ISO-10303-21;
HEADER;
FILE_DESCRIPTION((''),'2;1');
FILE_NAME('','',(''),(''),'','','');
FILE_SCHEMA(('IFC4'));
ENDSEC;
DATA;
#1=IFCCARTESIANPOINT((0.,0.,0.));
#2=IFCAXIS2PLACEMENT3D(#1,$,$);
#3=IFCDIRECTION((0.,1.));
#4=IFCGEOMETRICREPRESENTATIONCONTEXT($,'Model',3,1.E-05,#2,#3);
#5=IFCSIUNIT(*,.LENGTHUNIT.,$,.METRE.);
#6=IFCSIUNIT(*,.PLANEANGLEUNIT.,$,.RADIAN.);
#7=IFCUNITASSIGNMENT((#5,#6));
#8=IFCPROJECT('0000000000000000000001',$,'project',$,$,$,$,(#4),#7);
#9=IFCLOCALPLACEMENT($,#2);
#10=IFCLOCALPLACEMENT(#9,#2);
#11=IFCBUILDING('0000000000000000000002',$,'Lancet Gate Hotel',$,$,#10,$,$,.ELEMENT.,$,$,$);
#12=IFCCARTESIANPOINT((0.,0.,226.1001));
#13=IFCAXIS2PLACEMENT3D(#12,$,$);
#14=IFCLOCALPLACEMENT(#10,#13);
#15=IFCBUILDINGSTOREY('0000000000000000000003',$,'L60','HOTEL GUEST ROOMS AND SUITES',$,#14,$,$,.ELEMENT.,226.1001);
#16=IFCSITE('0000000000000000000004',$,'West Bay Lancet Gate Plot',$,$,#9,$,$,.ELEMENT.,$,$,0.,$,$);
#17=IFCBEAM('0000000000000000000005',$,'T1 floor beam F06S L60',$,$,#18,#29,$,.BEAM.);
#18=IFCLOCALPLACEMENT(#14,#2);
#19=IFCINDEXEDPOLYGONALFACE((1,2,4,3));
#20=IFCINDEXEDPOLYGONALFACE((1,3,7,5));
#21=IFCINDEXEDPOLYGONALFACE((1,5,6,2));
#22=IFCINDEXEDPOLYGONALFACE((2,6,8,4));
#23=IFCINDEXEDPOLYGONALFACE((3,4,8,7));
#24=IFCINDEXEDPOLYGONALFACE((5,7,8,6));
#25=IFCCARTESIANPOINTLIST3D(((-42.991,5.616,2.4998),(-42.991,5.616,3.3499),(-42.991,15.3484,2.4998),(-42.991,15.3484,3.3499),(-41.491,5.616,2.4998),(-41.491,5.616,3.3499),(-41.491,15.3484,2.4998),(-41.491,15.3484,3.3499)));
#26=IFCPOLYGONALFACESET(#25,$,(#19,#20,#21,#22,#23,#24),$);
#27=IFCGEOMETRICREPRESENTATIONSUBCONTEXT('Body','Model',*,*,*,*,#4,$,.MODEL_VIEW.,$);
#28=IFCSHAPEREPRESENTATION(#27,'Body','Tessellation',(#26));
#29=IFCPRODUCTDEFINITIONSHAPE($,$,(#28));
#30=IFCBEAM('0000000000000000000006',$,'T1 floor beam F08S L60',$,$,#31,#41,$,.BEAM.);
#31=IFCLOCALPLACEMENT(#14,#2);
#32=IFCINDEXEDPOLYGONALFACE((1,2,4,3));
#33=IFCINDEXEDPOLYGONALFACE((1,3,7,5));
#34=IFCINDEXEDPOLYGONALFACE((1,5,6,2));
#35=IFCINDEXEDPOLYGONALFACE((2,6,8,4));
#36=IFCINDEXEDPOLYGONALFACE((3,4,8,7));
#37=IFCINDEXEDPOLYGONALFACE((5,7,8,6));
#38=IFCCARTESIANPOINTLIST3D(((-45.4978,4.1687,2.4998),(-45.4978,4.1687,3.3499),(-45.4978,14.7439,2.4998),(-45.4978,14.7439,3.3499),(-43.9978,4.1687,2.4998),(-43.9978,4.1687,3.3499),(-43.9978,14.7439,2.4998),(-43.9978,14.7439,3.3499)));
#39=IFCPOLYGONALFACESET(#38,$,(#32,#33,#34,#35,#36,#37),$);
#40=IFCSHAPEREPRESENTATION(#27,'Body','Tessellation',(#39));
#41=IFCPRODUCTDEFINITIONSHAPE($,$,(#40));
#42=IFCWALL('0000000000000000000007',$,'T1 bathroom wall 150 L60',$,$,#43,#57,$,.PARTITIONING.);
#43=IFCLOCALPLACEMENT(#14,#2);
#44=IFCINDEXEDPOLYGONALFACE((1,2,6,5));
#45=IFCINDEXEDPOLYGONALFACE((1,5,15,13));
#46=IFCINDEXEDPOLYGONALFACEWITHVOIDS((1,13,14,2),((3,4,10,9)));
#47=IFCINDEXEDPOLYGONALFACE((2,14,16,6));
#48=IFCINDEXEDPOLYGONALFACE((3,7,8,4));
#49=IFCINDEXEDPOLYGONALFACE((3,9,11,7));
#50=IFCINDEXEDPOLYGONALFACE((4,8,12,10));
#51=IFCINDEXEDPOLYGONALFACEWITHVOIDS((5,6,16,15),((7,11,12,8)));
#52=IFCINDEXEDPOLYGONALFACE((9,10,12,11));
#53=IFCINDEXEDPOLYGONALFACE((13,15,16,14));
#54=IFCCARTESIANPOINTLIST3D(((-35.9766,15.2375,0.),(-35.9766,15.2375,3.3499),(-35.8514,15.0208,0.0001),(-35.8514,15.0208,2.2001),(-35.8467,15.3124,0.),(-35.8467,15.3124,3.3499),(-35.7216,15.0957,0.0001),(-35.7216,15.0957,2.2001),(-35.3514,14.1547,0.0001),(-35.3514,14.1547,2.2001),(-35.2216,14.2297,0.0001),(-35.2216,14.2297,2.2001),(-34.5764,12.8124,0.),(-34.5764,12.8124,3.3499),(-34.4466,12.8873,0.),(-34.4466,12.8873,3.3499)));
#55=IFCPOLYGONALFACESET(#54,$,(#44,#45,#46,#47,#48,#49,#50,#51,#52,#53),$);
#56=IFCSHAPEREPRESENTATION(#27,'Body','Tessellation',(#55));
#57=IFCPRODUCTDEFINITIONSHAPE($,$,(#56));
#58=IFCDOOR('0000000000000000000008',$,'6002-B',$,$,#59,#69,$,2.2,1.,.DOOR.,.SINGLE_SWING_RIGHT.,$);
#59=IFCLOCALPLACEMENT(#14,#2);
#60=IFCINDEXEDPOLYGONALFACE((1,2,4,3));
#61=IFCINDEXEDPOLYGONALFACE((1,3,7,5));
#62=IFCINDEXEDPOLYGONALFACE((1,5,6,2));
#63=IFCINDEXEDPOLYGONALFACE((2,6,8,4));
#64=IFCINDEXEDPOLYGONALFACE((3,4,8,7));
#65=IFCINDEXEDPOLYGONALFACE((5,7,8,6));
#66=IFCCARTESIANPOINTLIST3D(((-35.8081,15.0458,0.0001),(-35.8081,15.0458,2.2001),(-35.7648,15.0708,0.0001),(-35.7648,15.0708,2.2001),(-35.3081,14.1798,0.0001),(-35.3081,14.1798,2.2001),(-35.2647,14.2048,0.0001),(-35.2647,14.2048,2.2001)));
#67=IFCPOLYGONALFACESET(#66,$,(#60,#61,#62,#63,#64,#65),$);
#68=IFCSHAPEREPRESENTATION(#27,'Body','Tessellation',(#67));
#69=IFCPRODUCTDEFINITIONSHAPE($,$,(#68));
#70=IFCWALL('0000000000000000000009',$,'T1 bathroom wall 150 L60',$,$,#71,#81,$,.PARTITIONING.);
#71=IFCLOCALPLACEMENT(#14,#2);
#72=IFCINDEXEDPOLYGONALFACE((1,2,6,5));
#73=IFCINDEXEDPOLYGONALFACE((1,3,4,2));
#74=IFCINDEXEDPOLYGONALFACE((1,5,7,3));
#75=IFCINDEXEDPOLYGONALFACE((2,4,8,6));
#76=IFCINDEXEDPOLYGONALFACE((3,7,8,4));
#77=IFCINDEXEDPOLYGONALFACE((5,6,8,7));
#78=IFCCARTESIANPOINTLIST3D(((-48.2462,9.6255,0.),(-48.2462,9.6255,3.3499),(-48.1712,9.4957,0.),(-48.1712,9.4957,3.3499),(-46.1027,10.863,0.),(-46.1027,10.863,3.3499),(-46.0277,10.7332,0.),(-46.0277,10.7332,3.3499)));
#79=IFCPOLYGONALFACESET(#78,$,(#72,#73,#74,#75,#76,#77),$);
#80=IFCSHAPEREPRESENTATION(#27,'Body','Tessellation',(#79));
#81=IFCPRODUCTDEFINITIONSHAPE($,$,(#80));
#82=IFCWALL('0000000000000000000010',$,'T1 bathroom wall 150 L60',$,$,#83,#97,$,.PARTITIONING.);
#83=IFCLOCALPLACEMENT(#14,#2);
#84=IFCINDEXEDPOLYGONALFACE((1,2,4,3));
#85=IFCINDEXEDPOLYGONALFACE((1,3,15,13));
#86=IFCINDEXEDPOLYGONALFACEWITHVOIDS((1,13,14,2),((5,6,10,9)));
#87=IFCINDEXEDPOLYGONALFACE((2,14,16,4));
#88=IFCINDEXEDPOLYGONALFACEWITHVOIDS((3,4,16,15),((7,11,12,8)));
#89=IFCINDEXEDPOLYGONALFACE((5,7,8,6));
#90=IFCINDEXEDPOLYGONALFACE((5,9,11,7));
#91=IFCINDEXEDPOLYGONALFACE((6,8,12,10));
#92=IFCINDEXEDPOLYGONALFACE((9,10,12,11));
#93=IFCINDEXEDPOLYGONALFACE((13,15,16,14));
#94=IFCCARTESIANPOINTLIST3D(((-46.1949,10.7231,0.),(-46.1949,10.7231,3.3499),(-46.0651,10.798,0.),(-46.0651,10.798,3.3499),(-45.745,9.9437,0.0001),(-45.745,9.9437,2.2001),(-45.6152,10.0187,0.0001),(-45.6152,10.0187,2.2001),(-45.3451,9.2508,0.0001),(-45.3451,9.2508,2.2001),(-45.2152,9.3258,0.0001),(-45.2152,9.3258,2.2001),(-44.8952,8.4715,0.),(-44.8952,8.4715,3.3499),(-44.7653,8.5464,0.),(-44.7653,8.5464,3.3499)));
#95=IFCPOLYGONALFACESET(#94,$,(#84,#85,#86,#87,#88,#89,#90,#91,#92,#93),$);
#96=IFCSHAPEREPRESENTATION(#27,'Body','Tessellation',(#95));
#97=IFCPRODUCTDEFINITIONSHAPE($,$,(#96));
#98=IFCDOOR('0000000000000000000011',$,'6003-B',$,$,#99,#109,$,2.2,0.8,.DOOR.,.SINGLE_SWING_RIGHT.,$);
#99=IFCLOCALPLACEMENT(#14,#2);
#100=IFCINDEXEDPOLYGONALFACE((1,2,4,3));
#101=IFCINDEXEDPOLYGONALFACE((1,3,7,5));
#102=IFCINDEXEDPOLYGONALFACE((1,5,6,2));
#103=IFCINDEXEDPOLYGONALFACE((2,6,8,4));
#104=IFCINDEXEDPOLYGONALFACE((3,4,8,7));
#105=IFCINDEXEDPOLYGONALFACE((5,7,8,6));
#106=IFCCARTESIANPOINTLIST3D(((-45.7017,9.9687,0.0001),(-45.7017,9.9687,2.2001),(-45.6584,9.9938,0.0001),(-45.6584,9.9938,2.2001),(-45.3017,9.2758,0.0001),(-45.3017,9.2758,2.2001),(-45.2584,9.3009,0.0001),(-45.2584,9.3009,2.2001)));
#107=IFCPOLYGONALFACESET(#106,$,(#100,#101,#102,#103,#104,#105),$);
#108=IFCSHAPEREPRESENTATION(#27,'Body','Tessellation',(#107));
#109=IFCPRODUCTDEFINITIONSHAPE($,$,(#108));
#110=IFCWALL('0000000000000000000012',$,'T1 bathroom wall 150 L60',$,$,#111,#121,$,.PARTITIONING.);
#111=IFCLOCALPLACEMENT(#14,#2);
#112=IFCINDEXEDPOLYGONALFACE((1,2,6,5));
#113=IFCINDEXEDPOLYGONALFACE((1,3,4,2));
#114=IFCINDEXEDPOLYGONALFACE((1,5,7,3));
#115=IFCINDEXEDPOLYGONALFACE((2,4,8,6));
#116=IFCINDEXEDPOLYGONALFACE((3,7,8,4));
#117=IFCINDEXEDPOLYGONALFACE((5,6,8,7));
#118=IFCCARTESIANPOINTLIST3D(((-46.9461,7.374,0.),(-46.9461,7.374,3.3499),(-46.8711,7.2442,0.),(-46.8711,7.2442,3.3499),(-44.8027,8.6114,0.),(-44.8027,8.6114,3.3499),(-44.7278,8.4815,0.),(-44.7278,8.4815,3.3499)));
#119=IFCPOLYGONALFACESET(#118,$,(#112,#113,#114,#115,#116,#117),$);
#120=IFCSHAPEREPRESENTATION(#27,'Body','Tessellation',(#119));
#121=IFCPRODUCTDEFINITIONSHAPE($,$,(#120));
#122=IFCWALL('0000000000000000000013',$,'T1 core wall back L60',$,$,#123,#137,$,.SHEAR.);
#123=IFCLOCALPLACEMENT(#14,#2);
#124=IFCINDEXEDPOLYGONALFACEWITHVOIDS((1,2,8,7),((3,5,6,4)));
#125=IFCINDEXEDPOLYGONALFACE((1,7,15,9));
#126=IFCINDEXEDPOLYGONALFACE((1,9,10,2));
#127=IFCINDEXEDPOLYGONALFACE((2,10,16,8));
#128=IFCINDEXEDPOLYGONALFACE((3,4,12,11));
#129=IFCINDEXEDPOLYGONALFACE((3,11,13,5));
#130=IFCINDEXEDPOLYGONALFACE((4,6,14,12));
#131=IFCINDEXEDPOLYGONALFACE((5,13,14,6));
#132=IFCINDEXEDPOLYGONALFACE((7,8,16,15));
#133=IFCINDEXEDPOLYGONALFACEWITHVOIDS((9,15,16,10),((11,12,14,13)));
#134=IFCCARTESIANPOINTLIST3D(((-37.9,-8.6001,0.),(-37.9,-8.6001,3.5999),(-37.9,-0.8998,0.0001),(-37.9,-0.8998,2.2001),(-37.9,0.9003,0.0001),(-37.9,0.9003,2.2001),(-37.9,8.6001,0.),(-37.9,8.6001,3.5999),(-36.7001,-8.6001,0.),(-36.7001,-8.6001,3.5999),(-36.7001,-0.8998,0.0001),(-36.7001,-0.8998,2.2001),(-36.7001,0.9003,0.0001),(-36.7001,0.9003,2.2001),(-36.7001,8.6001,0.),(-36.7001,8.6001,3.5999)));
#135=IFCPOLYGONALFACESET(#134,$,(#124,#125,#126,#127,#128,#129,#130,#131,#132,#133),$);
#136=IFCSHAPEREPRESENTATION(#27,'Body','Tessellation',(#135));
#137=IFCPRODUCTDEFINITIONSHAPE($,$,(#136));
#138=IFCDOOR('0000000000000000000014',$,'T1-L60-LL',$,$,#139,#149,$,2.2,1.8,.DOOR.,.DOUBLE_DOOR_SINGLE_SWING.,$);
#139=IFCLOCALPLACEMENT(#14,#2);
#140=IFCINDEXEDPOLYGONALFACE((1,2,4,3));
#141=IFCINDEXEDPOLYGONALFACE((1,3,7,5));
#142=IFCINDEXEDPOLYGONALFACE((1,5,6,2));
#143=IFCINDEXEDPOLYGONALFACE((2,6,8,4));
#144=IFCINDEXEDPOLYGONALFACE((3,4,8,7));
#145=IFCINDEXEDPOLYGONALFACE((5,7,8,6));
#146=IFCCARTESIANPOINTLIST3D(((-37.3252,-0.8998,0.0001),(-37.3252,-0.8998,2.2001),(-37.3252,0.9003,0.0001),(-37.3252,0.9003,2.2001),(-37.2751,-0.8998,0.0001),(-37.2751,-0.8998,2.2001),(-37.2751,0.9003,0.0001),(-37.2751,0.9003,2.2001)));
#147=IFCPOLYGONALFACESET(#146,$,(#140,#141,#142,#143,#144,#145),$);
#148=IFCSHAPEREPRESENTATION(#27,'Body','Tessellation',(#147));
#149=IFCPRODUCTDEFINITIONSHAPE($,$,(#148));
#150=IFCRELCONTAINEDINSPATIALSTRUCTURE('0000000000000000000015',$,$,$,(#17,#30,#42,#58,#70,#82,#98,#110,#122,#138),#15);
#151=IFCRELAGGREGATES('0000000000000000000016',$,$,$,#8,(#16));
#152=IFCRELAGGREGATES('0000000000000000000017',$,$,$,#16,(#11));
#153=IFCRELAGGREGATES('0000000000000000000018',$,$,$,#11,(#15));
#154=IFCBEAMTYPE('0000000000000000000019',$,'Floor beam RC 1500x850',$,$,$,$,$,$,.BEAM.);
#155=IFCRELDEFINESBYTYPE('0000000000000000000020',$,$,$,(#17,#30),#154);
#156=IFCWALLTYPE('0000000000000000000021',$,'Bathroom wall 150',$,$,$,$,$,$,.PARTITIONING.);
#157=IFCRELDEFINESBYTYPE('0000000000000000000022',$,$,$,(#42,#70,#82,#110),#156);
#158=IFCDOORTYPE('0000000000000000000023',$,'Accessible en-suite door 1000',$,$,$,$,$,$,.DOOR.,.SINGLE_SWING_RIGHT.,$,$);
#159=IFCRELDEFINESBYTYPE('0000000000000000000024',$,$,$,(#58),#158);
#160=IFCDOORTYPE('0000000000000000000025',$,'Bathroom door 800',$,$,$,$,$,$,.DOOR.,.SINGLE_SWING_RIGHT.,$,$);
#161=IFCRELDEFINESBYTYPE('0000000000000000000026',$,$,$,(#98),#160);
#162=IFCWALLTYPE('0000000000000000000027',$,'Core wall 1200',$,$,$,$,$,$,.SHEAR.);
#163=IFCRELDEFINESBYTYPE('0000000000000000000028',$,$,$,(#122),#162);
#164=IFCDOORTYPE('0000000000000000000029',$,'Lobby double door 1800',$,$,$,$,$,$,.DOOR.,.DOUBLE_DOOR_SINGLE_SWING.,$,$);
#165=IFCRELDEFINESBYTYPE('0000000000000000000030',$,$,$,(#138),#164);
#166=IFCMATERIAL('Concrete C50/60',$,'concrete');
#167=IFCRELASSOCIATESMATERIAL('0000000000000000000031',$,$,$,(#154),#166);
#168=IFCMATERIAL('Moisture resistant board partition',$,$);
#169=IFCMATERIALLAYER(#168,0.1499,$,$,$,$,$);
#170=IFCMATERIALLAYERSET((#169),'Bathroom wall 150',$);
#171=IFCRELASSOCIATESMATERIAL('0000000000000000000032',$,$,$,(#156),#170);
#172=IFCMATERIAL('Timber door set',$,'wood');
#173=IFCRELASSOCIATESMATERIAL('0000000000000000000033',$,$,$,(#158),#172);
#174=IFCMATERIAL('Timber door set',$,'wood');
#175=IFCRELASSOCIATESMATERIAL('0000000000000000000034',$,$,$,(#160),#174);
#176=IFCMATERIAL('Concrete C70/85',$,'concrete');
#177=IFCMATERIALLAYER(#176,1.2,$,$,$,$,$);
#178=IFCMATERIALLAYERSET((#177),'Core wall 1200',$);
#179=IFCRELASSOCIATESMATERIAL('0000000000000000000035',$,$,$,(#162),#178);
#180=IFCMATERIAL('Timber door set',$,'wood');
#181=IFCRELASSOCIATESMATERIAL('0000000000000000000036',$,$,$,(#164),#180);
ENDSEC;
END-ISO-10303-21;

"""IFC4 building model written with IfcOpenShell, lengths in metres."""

from ifc_helpers import new_model, si_unit, direction, frame, frame_2d, origin, origin_2d, place, context, subcontext, project, spatial, rectangle, extrude, material, layer, layer_set, material_profile, profile_set, type_object, element, fill, save


model = new_model("IFC4")

# Units and contexts
model_context = context("Model", 3, precision=1e-05, world=origin(), true_north=direction((0.0, 1.0)))
body_context = subcontext(model_context, "Body", "Model", "MODEL_VIEW")
ifc_project = project(units=[si_unit("LENGTHUNIT", "METRE"), si_unit("PLANEANGLEUNIT", "RADIAN")], contexts=[model_context])

# Site, building, storey
site_placement = place(None, origin())
site = spatial("IfcSite", under=ifc_project, at=site_placement, Name="West Bay Lancet Gate Plot", CompositionType="ELEMENT", RefElevation=0.0)
building_placement = place(site_placement, origin())
building = spatial("IfcBuilding", under=site, at=building_placement, Name="Lancet Gate Hotel", CompositionType="ELEMENT")
storey_placement = place(building_placement, frame((0.0, 0.0, 226.1001)))
storey = spatial("IfcBuildingStorey", under=building, at=storey_placement, Name="L60", Description="HOTEL GUEST ROOMS AND SUITES", CompositionType="ELEMENT", Elevation=226.1001)

# Beams
ifc_material_1 = material(Name="Concrete C50/60", Category="concrete")
ifc_material_profile = material_profile(ifc_material_1, rectangle(XDim=1.5, YDim=0.8501, at=origin_2d()), Name="RC 1500x850")
ifc_profile_set = profile_set([ifc_material_profile], Name="Concrete C50/60")
beam_type = type_object("IfcBeamType", Name="Floor beam RC 1500x850", PredefinedType="BEAM", material=ifc_profile_set)
beam_1_placement = place(storey_placement, frame((-42.241, 15.3484, 2.9248), z_axis=(0.0, -1.0, 0.0), x_axis=(1.0, 0.0, 0.0)))
element("IfcBeam", 1, at=beam_1_placement, inside=storey, type_object=beam_type, Name="T1 floor beam F06S L60", PredefinedType="BEAM", context=body_context, shape_type="SweptSolid", body=[
    extrude(rectangle(XDim=1.5, YDim=0.8501, at=origin_2d()), origin(), (0.0, 0.0, 1.0), 9.7324),
])
beam_2_placement = place(storey_placement, frame((-44.7478, 14.7439, 2.9248), z_axis=(0.0, -1.0, 0.0), x_axis=(1.0, 0.0, 0.0)))
element("IfcBeam", 2, at=beam_2_placement, inside=storey, type_object=beam_type, Name="T1 floor beam F08S L60", PredefinedType="BEAM", context=body_context, shape_type="SweptSolid", body=[
    extrude(rectangle(XDim=1.5, YDim=0.8501, at=origin_2d()), origin(), (0.0, 0.0, 1.0), 10.5752),
])

# Wall, opening, door
ifc_material_2 = material(Name="Moisture resistant board partition")
ifc_layer_1 = layer(ifc_material_2, 0.1499)
ifc_layer_set_1 = layer_set([ifc_layer_1], Name="Bathroom wall 150")
wall_type_1 = type_object("IfcWallType", Name="Bathroom wall 150", PredefinedType="PARTITIONING", material=ifc_layer_set_1)
wall_1_placement = place(storey_placement, frame((-34.5115, 12.8499, 0.0), z_axis=(0.0, 0.0, 1.0), x_axis=(-0.500012, 0.866019, 0.0)))
wall_1 = element("IfcWall", 3, at=wall_1_placement, inside=storey, type_object=wall_type_1, Name="T1 bathroom wall 150 L60", PredefinedType="PARTITIONING", context=body_context, shape_type="SweptSolid", body=[
    extrude(rectangle(XDim=2.8003, YDim=0.1499, at=frame_2d((1.4001, 0.0))), origin(), (0.0, 0.0, 1.0), 3.3499),
])
opening_1_placement = place(wall_1_placement, frame((1.55, 0.0, 0.0)))
opening_1 = element("IfcOpeningElement", 4, at=opening_1_placement, cuts=wall_1, PredefinedType="OPENING", context=body_context, shape_type="SweptSolid", body=[
    extrude(rectangle(XDim=1.0, YDim=2.2, at=frame_2d((0.5, 1.1001))), frame((0.0, 0.085, 0.0), z_axis=(0.0, -1.0, 0.0), x_axis=(1.0, 0.0, 0.0)), (0.0, 0.0, 1.0), 0.1699),
])
ifc_material_3 = material(Name="Timber door set", Category="wood")
door_type_1 = type_object("IfcDoorType", Name="Accessible en-suite door 1000", OperationType="SINGLE_SWING_RIGHT", PredefinedType="DOOR", material=ifc_material_3)
door_1_placement = place(opening_1_placement, origin())
door_1 = element("IfcDoor", 5, at=door_1_placement, inside=storey, type_object=door_type_1, Name="6002-B", OperationType="SINGLE_SWING_RIGHT", OverallHeight=2.2, OverallWidth=1.0, PredefinedType="DOOR", context=body_context, shape_type="SweptSolid", body=[
    extrude(rectangle(XDim=1.0, YDim=2.2, at=frame_2d((0.5, 1.1001))), frame((0.0, 0.0249, 0.0), z_axis=(0.0, -1.0, 0.0), x_axis=(1.0, 0.0, 0.0)), (0.0, 0.0, 1.0), 0.05),
])
fill(opening_1, door_1)

# Wall
wall_2_placement = place(storey_placement, frame((-46.0652, 10.7981, 0.0), z_axis=(0.0, 0.0, 1.0), x_axis=(-0.866031, -0.49999, 0.0)))
element("IfcWall", 6, at=wall_2_placement, inside=storey, type_object=wall_type_1, Name="T1 bathroom wall 150 L60", PredefinedType="PARTITIONING", context=body_context, shape_type="SweptSolid", body=[
    extrude(rectangle(XDim=2.4751, YDim=0.1499, at=frame_2d((1.2375, 0.0))), origin(), (0.0, 0.0, 1.0), 3.3499),
])

# Wall, opening, door
wall_3_placement = place(storey_placement, frame((-44.8303, 8.509, 0.0), z_axis=(0.0, 0.0, 1.0), x_axis=(-0.499937, 0.866062, 0.0)))
wall_3 = element("IfcWall", 7, at=wall_3_placement, inside=storey, type_object=wall_type_1, Name="T1 bathroom wall 150 L60", PredefinedType="PARTITIONING", context=body_context, shape_type="SweptSolid", body=[
    extrude(rectangle(XDim=2.5999, YDim=0.1499, at=frame_2d((1.2998, 0.0))), origin(), (0.0, 0.0, 1.0), 3.3499),
])
opening_2_placement = place(wall_3_placement, frame((0.8999, 0.0, 0.0)))
opening_2 = element("IfcOpeningElement", 8, at=opening_2_placement, cuts=wall_3, PredefinedType="OPENING", context=body_context, shape_type="SweptSolid", body=[
    extrude(rectangle(XDim=0.8, YDim=2.2, at=frame_2d((0.3999, 1.1001))), frame((0.0, 0.085, 0.0), z_axis=(0.0, -1.0, 0.0), x_axis=(1.0, 0.0, 0.0)), (0.0, 0.0, 1.0), 0.1699),
])
ifc_material_4 = material(Name="Timber door set", Category="wood")
door_type_2 = type_object("IfcDoorType", Name="Bathroom door 800", OperationType="SINGLE_SWING_RIGHT", PredefinedType="DOOR", material=ifc_material_4)
door_2_placement = place(opening_2_placement, origin())
door_2 = element("IfcDoor", 9, at=door_2_placement, inside=storey, type_object=door_type_2, Name="6003-B", OperationType="SINGLE_SWING_RIGHT", OverallHeight=2.2, OverallWidth=0.8, PredefinedType="DOOR", context=body_context, shape_type="SweptSolid", body=[
    extrude(rectangle(XDim=0.8, YDim=2.2, at=frame_2d((0.3999, 1.1001))), frame((0.0, 0.0249, 0.0), z_axis=(0.0, -1.0, 0.0), x_axis=(1.0, 0.0, 0.0)), (0.0, 0.0, 1.0), 0.05),
])
fill(opening_2, door_2)

# Wall
wall_4_placement = place(storey_placement, frame((-44.7654, 8.5464, 0.0), z_axis=(0.0, 0.0, 1.0), x_axis=(-0.866049, -0.499959, 0.0)))
element("IfcWall", 10, at=wall_4_placement, inside=storey, type_object=wall_type_1, Name="T1 bathroom wall 150 L60", PredefinedType="PARTITIONING", context=body_context, shape_type="SweptSolid", body=[
    extrude(rectangle(XDim=2.4749, YDim=0.1499, at=frame_2d((1.2373, 0.0))), origin(), (0.0, 0.0, 1.0), 3.3499),
])

# Wall, opening, door
ifc_material_5 = material(Name="Concrete C70/85", Category="concrete")
ifc_layer_2 = layer(ifc_material_5, 1.2)
ifc_layer_set_2 = layer_set([ifc_layer_2], Name="Core wall 1200")
wall_type_2 = type_object("IfcWallType", Name="Core wall 1200", PredefinedType="SHEAR", material=ifc_layer_set_2)
wall_5_placement = place(storey_placement, frame((-37.3, 8.6001, 0.0), z_axis=(0.0, 0.0, 1.0), x_axis=(0.0, -1.0, 0.0)))
wall_5 = element("IfcWall", 11, at=wall_5_placement, inside=storey, type_object=wall_type_2, Name="T1 core wall back L60", PredefinedType="SHEAR", context=body_context, shape_type="SweptSolid", body=[
    extrude(rectangle(XDim=17.2002, YDim=1.2, at=frame_2d((8.6001, 0.0))), origin(), (0.0, 0.0, 1.0), 3.5999),
])
opening_3_placement = place(wall_5_placement, frame((7.7, 0.0, 0.0)))
opening_3 = element("IfcOpeningElement", 12, at=opening_3_placement, cuts=wall_5, PredefinedType="OPENING", context=body_context, shape_type="SweptSolid", body=[
    extrude(rectangle(XDim=1.8, YDim=2.2, at=frame_2d((0.8999, 1.1001))), frame((0.0, 0.6099, 0.0), z_axis=(0.0, -1.0, 0.0), x_axis=(1.0, 0.0, 0.0)), (0.0, 0.0, 1.0), 1.22),
])
ifc_material_6 = material(Name="Timber door set", Category="wood")
door_type_3 = type_object("IfcDoorType", Name="Lobby double door 1800", OperationType="DOUBLE_DOOR_SINGLE_SWING", PredefinedType="DOOR", material=ifc_material_6)
door_3_placement = place(opening_3_placement, origin())
door_3 = element("IfcDoor", 13, at=door_3_placement, inside=storey, type_object=door_type_3, Name="T1-L60-LL", OperationType="DOUBLE_DOOR_SINGLE_SWING", OverallHeight=2.2, OverallWidth=1.8, PredefinedType="DOOR", context=body_context, shape_type="SweptSolid", body=[
    extrude(rectangle(XDim=1.8, YDim=2.2, at=frame_2d((0.8999, 1.1001))), frame((0.0, 0.0249, 0.0), z_axis=(0.0, -1.0, 0.0), x_axis=(1.0, 0.0, 0.0)), (0.0, 0.0, 1.0), 0.05),
])
fill(opening_3, door_3)

save(model, "model.ifc")
